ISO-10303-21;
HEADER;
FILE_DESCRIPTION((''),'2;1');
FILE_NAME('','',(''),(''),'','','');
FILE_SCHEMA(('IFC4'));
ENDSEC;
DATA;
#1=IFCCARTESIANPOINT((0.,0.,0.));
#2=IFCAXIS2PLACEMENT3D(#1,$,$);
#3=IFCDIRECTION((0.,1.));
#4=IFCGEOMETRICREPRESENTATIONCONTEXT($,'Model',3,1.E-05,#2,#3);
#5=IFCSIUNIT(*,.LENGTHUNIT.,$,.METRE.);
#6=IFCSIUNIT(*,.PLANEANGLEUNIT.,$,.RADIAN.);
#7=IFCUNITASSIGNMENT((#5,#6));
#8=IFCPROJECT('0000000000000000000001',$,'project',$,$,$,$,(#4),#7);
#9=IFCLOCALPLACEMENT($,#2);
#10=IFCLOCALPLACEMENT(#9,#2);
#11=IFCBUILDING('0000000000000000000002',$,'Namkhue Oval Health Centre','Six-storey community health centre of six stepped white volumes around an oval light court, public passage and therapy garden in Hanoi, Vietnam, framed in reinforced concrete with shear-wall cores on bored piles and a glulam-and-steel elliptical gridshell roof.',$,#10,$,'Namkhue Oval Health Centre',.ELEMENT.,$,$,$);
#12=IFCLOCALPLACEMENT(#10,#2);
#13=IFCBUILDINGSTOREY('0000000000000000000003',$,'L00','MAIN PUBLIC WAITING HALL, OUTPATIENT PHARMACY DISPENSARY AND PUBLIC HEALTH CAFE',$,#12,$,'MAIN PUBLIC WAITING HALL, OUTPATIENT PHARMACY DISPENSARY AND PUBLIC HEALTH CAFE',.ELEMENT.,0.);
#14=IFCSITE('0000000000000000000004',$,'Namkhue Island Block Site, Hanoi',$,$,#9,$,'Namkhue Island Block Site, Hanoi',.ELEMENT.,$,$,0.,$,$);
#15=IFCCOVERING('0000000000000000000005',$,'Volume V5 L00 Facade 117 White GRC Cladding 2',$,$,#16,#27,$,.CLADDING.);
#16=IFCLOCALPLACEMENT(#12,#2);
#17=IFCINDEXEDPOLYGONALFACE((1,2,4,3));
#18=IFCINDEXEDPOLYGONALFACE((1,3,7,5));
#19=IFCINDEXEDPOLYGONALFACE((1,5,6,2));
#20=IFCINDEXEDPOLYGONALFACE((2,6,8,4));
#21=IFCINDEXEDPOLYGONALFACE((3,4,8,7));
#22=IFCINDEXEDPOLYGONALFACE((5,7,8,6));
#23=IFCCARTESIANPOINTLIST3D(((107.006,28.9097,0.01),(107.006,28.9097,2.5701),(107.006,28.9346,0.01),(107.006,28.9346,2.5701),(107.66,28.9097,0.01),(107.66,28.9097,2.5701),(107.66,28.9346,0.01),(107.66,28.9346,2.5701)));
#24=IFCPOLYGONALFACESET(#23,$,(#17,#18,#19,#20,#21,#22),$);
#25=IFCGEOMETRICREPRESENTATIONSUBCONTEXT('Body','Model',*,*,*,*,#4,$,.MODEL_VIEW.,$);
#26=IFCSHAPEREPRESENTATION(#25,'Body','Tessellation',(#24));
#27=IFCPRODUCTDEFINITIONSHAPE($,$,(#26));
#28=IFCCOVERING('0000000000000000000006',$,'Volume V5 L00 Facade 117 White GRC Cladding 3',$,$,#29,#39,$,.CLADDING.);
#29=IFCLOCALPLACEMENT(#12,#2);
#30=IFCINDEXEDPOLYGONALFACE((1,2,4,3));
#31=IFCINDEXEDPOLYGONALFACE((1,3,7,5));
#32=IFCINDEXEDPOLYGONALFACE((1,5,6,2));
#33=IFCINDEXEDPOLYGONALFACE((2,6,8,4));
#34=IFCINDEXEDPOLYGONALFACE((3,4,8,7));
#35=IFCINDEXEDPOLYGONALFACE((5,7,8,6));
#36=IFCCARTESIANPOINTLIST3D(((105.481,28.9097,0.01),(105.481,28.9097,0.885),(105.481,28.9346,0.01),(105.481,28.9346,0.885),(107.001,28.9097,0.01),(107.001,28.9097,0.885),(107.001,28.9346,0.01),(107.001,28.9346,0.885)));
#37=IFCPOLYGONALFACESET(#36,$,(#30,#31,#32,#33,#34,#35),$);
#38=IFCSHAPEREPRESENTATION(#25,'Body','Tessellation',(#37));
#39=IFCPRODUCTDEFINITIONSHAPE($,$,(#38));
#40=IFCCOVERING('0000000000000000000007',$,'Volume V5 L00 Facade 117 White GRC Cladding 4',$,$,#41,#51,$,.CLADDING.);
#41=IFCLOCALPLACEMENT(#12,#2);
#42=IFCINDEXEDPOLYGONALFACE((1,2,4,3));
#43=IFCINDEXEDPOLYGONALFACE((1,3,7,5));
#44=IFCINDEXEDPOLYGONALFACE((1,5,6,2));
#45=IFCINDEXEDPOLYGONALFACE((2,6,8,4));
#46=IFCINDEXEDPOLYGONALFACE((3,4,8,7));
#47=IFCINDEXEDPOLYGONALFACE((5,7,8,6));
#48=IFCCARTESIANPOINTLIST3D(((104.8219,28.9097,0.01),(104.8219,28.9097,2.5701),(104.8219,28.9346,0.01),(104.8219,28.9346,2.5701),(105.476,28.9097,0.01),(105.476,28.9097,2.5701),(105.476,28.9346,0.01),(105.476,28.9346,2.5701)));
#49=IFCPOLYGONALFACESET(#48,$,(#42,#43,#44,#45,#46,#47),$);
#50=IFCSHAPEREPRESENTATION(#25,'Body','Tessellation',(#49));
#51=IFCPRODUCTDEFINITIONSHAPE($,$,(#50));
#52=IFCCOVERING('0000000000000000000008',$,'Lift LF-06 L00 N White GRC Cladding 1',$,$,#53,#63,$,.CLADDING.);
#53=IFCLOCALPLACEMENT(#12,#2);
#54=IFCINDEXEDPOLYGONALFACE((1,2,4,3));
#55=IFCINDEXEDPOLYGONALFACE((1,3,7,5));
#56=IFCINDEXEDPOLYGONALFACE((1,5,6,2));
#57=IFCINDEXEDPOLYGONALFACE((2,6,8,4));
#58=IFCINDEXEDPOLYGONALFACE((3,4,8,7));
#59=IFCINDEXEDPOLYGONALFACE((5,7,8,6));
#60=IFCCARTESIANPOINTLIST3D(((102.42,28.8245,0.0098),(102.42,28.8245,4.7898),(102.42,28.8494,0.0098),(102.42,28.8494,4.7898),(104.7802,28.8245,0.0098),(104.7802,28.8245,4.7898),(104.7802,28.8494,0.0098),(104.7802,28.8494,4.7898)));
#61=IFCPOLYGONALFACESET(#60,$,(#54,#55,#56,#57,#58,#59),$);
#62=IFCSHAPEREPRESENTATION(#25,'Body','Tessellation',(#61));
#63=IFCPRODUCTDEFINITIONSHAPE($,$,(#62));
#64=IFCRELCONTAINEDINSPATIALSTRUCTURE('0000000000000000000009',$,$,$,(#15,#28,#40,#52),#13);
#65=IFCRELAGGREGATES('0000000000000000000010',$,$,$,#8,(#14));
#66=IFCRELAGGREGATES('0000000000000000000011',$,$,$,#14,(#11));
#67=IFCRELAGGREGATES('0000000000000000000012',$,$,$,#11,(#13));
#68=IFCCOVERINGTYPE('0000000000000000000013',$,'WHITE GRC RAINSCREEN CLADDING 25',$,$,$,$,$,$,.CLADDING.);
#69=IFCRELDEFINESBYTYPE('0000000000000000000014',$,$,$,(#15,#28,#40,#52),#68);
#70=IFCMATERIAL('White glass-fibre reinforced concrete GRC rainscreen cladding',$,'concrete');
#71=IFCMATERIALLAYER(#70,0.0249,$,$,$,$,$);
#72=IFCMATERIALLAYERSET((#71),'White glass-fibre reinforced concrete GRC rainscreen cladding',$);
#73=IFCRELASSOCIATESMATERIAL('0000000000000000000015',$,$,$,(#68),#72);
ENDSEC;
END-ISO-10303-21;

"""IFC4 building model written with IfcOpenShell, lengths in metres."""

from ifc_helpers import new_model, si_unit, direction, frame, origin, origin_2d, place, context, subcontext, project, spatial, rectangle, extrude, material, layer, layer_set, type_object, element, save


model = new_model("IFC4")

# Units and contexts
model_context = context("Model", 3, precision=1e-05, world=origin(), true_north=direction((0.0, 1.0)))
body_context = subcontext(model_context, "Body", "Model", "MODEL_VIEW")
ifc_project = project(units=[si_unit("LENGTHUNIT", "METRE"), si_unit("PLANEANGLEUNIT", "RADIAN")], contexts=[model_context])

# Site, building, storey
site_placement = place(None, origin())
site = spatial("IfcSite", under=ifc_project, at=site_placement, Name="Namkhue Island Block Site, Hanoi", LongName="Namkhue Island Block Site, Hanoi", CompositionType="ELEMENT", RefElevation=0.0)
building_placement = place(site_placement, origin())
building = spatial("IfcBuilding", under=site, at=building_placement, Name="Namkhue Oval Health Centre", Description="Six-storey community health centre of six stepped white volumes around an oval light court, public passage and therapy garden in Hanoi, Vietnam, framed in reinforced concrete with shear-wall cores on bored piles and a glulam-and-steel elliptical gridshell roof.", LongName="Namkhue Oval Health Centre", CompositionType="ELEMENT")
storey_placement = place(building_placement, origin())
storey = spatial("IfcBuildingStorey", under=building, at=storey_placement, Name="L00", Description="MAIN PUBLIC WAITING HALL, OUTPATIENT PHARMACY DISPENSARY AND PUBLIC HEALTH CAFE", LongName="MAIN PUBLIC WAITING HALL, OUTPATIENT PHARMACY DISPENSARY AND PUBLIC HEALTH CAFE", CompositionType="ELEMENT", Elevation=0.0)

# Coverings
ifc_material_1 = material(Name="White glass-fibre reinforced concrete GRC rainscreen cladding", Category="concrete")
ifc_layer_1 = layer(ifc_material_1, 0.0249)
ifc_layer_set_1 = layer_set([ifc_layer_1], Name="White glass-fibre reinforced concrete GRC rainscreen cladding")
covering_type = type_object("IfcCoveringType", Name="WHITE GRC RAINSCREEN CLADDING 25", PredefinedType="CLADDING", material=ifc_layer_set_1)
covering_1_placement = place(storey_placement, frame((107.333, 28.9221, 0.01), z_axis=(0.0, 0.0, 1.0), x_axis=(-1.0, 0.0, 0.0)))
element("IfcCovering", 1, at=covering_1_placement, inside=storey, type_object=covering_type, Name="Volume V5 L00 Facade 117 White GRC Cladding 2", PredefinedType="CLADDING", context=body_context, shape_type="SweptSolid", body=[
    extrude(rectangle(XDim=0.6541, YDim=0.0249, at=origin_2d()), origin(), (0.0, 0.0, 1.0), 2.5601),
])
covering_2_placement = place(storey_placement, frame((106.241, 28.9221, 0.01), z_axis=(0.0, 0.0, 1.0), x_axis=(-1.0, 0.0, 0.0)))
element("IfcCovering", 2, at=covering_2_placement, inside=storey, type_object=covering_type, Name="Volume V5 L00 Facade 117 White GRC Cladding 3", PredefinedType="CLADDING", context=body_context, shape_type="SweptSolid", body=[
    extrude(rectangle(XDim=1.52, YDim=0.0249, at=origin_2d()), origin(), (0.0, 0.0, 1.0), 0.875),
])
covering_3_placement = place(storey_placement, frame((105.1489, 28.9221, 0.01), z_axis=(0.0, 0.0, 1.0), x_axis=(-1.0, 0.0, 0.0)))
element("IfcCovering", 3, at=covering_3_placement, inside=storey, type_object=covering_type, Name="Volume V5 L00 Facade 117 White GRC Cladding 4", PredefinedType="CLADDING", context=body_context, shape_type="SweptSolid", body=[
    extrude(rectangle(XDim=0.6541, YDim=0.0249, at=origin_2d()), origin(), (0.0, 0.0, 1.0), 2.5601),
])
covering_4_placement = place(storey_placement, frame((103.6001, 28.8369, 0.0098), z_axis=(0.0, 0.0, 1.0), x_axis=(-1.0, 0.0, 0.0)))
element("IfcCovering", 4, at=covering_4_placement, inside=storey, type_object=covering_type, Name="Lift LF-06 L00 N White GRC Cladding 1", PredefinedType="CLADDING", context=body_context, shape_type="SweptSolid", body=[
    extrude(rectangle(XDim=2.3601, YDim=0.0249, at=origin_2d()), origin(), (0.0, 0.0, 1.0), 4.78),
])

save(model, "model.ifc")
